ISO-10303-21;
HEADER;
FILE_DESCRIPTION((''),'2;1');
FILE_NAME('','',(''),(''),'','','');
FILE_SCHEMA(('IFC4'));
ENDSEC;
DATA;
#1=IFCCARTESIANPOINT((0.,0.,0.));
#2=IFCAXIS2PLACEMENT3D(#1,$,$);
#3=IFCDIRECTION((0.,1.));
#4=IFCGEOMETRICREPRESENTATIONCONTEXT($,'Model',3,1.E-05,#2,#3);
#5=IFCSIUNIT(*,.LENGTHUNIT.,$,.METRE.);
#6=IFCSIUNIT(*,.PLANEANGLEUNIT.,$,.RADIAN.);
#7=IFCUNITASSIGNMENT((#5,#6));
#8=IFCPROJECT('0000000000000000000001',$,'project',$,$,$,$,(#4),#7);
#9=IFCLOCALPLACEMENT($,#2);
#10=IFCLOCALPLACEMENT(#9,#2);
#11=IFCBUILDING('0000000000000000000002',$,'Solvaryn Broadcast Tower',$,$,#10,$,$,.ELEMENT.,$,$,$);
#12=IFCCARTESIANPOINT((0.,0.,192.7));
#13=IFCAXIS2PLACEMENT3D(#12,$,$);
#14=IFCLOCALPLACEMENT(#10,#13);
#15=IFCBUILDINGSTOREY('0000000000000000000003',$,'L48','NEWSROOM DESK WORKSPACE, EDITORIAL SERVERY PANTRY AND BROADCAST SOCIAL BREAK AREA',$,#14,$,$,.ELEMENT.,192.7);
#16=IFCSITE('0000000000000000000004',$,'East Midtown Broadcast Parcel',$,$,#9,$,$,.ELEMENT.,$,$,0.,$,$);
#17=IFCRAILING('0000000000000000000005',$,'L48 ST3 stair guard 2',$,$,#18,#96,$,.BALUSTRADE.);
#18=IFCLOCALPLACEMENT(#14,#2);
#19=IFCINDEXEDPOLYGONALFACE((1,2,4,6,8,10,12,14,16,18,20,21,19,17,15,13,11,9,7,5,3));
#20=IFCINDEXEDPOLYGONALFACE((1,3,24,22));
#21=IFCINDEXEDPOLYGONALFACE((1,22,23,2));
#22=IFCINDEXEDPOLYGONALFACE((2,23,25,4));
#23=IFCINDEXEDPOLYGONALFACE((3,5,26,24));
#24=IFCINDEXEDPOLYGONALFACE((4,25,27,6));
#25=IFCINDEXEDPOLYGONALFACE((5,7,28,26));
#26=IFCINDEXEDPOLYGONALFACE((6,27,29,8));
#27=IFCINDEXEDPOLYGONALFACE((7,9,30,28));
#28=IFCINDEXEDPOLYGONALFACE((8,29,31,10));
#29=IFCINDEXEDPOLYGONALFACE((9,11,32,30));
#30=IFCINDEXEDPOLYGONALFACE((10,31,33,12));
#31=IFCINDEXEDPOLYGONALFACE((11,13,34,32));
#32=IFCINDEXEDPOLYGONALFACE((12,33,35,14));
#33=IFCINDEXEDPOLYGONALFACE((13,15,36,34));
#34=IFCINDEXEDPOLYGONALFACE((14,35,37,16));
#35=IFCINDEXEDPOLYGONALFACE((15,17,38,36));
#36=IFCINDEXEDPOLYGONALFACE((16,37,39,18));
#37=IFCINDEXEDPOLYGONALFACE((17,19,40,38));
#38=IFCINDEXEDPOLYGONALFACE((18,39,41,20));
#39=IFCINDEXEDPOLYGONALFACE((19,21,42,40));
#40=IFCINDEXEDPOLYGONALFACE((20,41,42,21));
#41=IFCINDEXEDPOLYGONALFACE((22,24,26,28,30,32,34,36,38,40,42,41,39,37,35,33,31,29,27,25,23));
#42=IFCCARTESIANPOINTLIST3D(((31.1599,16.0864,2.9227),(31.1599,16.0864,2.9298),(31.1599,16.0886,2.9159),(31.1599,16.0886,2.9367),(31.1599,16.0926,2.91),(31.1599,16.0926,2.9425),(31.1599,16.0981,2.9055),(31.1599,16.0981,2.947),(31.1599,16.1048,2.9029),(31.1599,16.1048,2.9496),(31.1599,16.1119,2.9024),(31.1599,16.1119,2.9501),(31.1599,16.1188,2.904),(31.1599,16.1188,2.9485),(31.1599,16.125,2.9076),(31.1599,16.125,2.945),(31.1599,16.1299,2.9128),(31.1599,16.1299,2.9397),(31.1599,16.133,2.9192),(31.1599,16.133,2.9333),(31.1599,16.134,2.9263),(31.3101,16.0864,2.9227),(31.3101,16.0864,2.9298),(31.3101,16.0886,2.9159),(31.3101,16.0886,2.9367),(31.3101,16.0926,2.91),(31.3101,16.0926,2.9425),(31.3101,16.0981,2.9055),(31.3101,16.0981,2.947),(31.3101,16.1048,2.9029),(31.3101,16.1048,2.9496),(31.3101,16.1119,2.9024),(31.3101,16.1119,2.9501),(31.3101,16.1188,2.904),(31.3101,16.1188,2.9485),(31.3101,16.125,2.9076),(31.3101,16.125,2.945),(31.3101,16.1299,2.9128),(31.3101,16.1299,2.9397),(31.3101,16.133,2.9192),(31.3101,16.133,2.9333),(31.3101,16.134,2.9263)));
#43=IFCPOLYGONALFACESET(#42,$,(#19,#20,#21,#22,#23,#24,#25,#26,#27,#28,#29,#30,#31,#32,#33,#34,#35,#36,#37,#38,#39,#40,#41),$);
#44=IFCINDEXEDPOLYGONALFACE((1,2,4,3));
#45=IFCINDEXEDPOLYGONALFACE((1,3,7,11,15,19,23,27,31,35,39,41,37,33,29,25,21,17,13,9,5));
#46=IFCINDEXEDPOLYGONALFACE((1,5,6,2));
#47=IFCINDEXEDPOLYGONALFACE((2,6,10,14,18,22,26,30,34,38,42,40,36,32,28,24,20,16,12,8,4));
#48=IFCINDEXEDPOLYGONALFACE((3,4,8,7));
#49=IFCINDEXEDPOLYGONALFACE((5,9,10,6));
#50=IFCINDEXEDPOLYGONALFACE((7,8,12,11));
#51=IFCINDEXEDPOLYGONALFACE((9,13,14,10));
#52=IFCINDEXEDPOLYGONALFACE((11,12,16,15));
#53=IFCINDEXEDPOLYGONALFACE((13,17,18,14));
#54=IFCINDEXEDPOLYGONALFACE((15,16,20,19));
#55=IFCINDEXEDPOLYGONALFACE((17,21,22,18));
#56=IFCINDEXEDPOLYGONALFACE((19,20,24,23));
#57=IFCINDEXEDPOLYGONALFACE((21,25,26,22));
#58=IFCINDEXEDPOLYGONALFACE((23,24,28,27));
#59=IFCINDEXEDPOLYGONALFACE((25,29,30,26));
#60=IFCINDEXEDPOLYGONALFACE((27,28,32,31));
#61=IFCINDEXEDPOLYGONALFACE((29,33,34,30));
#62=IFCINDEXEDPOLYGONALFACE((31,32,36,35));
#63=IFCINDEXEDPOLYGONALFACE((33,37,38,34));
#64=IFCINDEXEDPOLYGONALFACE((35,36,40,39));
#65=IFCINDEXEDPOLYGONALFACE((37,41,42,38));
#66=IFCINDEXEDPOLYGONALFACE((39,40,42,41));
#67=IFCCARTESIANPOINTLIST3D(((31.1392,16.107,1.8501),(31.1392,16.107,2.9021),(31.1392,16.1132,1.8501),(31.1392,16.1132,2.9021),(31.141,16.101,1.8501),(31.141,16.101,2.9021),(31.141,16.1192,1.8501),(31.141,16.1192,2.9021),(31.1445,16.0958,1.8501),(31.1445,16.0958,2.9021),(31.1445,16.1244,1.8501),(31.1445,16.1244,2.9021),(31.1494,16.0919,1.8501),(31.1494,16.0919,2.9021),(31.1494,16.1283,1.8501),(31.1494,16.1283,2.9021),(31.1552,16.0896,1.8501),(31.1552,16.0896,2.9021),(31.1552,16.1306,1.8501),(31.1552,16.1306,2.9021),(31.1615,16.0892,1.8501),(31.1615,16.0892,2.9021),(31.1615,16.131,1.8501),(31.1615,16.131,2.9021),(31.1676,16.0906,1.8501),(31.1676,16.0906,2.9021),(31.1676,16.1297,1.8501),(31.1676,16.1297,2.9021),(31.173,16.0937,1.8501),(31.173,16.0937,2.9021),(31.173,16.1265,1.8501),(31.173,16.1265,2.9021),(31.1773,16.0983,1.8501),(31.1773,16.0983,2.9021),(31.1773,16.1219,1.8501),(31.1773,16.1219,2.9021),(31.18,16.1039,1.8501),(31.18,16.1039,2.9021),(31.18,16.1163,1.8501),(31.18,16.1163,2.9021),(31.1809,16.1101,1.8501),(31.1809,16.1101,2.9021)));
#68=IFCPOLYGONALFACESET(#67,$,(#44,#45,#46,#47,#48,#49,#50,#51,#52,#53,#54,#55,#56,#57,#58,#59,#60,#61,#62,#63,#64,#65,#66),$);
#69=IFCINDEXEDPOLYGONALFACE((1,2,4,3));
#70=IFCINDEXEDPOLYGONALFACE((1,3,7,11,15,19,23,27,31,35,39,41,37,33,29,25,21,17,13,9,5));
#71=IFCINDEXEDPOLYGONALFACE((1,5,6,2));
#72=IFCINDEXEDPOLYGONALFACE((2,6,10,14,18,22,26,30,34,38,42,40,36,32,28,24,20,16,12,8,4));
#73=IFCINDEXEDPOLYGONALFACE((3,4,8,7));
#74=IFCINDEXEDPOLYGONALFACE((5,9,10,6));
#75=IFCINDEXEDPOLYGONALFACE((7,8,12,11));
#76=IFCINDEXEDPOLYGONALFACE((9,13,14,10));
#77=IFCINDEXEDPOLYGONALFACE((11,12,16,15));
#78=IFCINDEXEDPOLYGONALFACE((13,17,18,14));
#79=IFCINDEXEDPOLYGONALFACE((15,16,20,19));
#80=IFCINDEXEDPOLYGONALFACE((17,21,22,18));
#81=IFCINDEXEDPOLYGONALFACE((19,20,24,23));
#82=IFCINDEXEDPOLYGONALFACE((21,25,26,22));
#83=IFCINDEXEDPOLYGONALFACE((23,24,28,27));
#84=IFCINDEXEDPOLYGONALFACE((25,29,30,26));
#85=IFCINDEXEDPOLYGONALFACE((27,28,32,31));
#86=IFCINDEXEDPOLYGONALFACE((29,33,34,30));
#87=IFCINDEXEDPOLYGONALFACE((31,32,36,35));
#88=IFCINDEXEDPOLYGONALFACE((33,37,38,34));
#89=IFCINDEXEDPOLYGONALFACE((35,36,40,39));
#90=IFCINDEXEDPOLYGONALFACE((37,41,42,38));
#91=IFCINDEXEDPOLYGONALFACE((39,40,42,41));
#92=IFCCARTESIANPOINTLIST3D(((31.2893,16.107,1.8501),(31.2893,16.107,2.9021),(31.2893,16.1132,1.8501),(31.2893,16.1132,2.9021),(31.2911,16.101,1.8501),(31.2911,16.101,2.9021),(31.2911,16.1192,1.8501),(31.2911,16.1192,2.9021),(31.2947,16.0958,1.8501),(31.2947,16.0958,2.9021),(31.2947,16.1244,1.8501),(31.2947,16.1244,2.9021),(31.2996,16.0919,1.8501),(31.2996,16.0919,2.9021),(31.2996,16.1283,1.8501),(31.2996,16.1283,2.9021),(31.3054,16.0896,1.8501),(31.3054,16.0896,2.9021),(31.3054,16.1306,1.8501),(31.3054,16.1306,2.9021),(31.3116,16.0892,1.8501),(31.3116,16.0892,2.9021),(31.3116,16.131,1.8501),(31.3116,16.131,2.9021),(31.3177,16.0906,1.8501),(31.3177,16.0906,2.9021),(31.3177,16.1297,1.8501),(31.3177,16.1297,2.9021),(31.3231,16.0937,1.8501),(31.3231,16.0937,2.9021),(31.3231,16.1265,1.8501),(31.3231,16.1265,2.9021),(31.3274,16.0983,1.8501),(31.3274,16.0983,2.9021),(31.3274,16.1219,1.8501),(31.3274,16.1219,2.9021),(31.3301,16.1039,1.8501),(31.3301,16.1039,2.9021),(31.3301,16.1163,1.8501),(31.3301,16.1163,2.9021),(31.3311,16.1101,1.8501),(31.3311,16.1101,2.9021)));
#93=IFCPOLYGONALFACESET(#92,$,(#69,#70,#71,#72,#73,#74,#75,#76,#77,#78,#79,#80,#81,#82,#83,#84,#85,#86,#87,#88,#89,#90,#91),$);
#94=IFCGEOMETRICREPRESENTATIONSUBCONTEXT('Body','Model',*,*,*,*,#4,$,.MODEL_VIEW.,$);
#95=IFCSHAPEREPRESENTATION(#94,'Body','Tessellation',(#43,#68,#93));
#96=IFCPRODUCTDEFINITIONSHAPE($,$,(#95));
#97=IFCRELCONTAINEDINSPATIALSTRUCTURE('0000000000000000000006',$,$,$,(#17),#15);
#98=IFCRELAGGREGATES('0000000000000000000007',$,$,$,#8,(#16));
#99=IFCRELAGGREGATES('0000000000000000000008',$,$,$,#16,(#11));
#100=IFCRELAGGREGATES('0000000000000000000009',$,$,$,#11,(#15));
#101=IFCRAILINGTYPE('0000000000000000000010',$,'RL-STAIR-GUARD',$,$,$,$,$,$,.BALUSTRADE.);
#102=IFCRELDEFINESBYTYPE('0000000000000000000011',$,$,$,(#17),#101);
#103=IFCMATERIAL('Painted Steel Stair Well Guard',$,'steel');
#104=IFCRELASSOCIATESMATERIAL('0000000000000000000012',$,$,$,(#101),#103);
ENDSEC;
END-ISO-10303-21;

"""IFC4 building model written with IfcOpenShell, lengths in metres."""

from ifc_helpers import new_model, si_unit, direction, frame, origin, origin_2d, place, context, subcontext, project, spatial, circle, extrude, material, type_object, element, save


model = new_model("IFC4")

# Units and contexts
model_context = context("Model", 3, precision=1e-05, world=origin(), true_north=direction((0.0, 1.0)))
body_context = subcontext(model_context, "Body", "Model", "MODEL_VIEW")
ifc_project = project(units=[si_unit("LENGTHUNIT", "METRE"), si_unit("PLANEANGLEUNIT", "RADIAN")], contexts=[model_context])

# Site, building, storey
site_placement = place(None, origin())
site = spatial("IfcSite", under=ifc_project, at=site_placement, Name="East Midtown Broadcast Parcel", CompositionType="ELEMENT", RefElevation=0.0)
building_placement = place(site_placement, origin())
building = spatial("IfcBuilding", under=site, at=building_placement, Name="Solvaryn Broadcast Tower", CompositionType="ELEMENT")
storey_placement = place(building_placement, frame((0.0, 0.0, 192.7)))
storey = spatial("IfcBuildingStorey", under=building, at=storey_placement, Name="L48", Description="NEWSROOM DESK WORKSPACE, EDITORIAL SERVERY PANTRY AND BROADCAST SOCIAL BREAK AREA", CompositionType="ELEMENT", Elevation=192.7)

# Railing
ifc_material_1 = material(Name="Painted Steel Stair Well Guard", Category="steel")
railing_type_1 = type_object("IfcRailingType", Name="RL-STAIR-GUARD", PredefinedType="BALUSTRADE", material=ifc_material_1)
railing_1_placement = place(storey_placement, frame((31.1599, 16.1101, 1.8501)))
element("IfcRailing", 1, at=railing_1_placement, inside=storey, type_object=railing_type_1, Name="L48 ST3 stair guard 2", PredefinedType="BALUSTRADE", context=body_context, shape_type="SweptSolid", body=[
    extrude(circle(Radius=0.0239, at=origin_2d()), frame((0.0, 0.0, 1.0762), z_axis=(1.0, 0.0, 0.0), x_axis=(0.0, 1.0, 0.0)), (0.0, 0.0, 1.0), 0.1501),
    extrude(circle(Radius=0.021, at=origin_2d()), origin(), (0.0, 0.0, 1.0), 1.052),
    extrude(circle(Radius=0.021, at=origin_2d()), frame((0.1501, 0.0, 0.0)), (0.0, 0.0, 1.0), 1.052),
])

save(model, "model.ifc")
